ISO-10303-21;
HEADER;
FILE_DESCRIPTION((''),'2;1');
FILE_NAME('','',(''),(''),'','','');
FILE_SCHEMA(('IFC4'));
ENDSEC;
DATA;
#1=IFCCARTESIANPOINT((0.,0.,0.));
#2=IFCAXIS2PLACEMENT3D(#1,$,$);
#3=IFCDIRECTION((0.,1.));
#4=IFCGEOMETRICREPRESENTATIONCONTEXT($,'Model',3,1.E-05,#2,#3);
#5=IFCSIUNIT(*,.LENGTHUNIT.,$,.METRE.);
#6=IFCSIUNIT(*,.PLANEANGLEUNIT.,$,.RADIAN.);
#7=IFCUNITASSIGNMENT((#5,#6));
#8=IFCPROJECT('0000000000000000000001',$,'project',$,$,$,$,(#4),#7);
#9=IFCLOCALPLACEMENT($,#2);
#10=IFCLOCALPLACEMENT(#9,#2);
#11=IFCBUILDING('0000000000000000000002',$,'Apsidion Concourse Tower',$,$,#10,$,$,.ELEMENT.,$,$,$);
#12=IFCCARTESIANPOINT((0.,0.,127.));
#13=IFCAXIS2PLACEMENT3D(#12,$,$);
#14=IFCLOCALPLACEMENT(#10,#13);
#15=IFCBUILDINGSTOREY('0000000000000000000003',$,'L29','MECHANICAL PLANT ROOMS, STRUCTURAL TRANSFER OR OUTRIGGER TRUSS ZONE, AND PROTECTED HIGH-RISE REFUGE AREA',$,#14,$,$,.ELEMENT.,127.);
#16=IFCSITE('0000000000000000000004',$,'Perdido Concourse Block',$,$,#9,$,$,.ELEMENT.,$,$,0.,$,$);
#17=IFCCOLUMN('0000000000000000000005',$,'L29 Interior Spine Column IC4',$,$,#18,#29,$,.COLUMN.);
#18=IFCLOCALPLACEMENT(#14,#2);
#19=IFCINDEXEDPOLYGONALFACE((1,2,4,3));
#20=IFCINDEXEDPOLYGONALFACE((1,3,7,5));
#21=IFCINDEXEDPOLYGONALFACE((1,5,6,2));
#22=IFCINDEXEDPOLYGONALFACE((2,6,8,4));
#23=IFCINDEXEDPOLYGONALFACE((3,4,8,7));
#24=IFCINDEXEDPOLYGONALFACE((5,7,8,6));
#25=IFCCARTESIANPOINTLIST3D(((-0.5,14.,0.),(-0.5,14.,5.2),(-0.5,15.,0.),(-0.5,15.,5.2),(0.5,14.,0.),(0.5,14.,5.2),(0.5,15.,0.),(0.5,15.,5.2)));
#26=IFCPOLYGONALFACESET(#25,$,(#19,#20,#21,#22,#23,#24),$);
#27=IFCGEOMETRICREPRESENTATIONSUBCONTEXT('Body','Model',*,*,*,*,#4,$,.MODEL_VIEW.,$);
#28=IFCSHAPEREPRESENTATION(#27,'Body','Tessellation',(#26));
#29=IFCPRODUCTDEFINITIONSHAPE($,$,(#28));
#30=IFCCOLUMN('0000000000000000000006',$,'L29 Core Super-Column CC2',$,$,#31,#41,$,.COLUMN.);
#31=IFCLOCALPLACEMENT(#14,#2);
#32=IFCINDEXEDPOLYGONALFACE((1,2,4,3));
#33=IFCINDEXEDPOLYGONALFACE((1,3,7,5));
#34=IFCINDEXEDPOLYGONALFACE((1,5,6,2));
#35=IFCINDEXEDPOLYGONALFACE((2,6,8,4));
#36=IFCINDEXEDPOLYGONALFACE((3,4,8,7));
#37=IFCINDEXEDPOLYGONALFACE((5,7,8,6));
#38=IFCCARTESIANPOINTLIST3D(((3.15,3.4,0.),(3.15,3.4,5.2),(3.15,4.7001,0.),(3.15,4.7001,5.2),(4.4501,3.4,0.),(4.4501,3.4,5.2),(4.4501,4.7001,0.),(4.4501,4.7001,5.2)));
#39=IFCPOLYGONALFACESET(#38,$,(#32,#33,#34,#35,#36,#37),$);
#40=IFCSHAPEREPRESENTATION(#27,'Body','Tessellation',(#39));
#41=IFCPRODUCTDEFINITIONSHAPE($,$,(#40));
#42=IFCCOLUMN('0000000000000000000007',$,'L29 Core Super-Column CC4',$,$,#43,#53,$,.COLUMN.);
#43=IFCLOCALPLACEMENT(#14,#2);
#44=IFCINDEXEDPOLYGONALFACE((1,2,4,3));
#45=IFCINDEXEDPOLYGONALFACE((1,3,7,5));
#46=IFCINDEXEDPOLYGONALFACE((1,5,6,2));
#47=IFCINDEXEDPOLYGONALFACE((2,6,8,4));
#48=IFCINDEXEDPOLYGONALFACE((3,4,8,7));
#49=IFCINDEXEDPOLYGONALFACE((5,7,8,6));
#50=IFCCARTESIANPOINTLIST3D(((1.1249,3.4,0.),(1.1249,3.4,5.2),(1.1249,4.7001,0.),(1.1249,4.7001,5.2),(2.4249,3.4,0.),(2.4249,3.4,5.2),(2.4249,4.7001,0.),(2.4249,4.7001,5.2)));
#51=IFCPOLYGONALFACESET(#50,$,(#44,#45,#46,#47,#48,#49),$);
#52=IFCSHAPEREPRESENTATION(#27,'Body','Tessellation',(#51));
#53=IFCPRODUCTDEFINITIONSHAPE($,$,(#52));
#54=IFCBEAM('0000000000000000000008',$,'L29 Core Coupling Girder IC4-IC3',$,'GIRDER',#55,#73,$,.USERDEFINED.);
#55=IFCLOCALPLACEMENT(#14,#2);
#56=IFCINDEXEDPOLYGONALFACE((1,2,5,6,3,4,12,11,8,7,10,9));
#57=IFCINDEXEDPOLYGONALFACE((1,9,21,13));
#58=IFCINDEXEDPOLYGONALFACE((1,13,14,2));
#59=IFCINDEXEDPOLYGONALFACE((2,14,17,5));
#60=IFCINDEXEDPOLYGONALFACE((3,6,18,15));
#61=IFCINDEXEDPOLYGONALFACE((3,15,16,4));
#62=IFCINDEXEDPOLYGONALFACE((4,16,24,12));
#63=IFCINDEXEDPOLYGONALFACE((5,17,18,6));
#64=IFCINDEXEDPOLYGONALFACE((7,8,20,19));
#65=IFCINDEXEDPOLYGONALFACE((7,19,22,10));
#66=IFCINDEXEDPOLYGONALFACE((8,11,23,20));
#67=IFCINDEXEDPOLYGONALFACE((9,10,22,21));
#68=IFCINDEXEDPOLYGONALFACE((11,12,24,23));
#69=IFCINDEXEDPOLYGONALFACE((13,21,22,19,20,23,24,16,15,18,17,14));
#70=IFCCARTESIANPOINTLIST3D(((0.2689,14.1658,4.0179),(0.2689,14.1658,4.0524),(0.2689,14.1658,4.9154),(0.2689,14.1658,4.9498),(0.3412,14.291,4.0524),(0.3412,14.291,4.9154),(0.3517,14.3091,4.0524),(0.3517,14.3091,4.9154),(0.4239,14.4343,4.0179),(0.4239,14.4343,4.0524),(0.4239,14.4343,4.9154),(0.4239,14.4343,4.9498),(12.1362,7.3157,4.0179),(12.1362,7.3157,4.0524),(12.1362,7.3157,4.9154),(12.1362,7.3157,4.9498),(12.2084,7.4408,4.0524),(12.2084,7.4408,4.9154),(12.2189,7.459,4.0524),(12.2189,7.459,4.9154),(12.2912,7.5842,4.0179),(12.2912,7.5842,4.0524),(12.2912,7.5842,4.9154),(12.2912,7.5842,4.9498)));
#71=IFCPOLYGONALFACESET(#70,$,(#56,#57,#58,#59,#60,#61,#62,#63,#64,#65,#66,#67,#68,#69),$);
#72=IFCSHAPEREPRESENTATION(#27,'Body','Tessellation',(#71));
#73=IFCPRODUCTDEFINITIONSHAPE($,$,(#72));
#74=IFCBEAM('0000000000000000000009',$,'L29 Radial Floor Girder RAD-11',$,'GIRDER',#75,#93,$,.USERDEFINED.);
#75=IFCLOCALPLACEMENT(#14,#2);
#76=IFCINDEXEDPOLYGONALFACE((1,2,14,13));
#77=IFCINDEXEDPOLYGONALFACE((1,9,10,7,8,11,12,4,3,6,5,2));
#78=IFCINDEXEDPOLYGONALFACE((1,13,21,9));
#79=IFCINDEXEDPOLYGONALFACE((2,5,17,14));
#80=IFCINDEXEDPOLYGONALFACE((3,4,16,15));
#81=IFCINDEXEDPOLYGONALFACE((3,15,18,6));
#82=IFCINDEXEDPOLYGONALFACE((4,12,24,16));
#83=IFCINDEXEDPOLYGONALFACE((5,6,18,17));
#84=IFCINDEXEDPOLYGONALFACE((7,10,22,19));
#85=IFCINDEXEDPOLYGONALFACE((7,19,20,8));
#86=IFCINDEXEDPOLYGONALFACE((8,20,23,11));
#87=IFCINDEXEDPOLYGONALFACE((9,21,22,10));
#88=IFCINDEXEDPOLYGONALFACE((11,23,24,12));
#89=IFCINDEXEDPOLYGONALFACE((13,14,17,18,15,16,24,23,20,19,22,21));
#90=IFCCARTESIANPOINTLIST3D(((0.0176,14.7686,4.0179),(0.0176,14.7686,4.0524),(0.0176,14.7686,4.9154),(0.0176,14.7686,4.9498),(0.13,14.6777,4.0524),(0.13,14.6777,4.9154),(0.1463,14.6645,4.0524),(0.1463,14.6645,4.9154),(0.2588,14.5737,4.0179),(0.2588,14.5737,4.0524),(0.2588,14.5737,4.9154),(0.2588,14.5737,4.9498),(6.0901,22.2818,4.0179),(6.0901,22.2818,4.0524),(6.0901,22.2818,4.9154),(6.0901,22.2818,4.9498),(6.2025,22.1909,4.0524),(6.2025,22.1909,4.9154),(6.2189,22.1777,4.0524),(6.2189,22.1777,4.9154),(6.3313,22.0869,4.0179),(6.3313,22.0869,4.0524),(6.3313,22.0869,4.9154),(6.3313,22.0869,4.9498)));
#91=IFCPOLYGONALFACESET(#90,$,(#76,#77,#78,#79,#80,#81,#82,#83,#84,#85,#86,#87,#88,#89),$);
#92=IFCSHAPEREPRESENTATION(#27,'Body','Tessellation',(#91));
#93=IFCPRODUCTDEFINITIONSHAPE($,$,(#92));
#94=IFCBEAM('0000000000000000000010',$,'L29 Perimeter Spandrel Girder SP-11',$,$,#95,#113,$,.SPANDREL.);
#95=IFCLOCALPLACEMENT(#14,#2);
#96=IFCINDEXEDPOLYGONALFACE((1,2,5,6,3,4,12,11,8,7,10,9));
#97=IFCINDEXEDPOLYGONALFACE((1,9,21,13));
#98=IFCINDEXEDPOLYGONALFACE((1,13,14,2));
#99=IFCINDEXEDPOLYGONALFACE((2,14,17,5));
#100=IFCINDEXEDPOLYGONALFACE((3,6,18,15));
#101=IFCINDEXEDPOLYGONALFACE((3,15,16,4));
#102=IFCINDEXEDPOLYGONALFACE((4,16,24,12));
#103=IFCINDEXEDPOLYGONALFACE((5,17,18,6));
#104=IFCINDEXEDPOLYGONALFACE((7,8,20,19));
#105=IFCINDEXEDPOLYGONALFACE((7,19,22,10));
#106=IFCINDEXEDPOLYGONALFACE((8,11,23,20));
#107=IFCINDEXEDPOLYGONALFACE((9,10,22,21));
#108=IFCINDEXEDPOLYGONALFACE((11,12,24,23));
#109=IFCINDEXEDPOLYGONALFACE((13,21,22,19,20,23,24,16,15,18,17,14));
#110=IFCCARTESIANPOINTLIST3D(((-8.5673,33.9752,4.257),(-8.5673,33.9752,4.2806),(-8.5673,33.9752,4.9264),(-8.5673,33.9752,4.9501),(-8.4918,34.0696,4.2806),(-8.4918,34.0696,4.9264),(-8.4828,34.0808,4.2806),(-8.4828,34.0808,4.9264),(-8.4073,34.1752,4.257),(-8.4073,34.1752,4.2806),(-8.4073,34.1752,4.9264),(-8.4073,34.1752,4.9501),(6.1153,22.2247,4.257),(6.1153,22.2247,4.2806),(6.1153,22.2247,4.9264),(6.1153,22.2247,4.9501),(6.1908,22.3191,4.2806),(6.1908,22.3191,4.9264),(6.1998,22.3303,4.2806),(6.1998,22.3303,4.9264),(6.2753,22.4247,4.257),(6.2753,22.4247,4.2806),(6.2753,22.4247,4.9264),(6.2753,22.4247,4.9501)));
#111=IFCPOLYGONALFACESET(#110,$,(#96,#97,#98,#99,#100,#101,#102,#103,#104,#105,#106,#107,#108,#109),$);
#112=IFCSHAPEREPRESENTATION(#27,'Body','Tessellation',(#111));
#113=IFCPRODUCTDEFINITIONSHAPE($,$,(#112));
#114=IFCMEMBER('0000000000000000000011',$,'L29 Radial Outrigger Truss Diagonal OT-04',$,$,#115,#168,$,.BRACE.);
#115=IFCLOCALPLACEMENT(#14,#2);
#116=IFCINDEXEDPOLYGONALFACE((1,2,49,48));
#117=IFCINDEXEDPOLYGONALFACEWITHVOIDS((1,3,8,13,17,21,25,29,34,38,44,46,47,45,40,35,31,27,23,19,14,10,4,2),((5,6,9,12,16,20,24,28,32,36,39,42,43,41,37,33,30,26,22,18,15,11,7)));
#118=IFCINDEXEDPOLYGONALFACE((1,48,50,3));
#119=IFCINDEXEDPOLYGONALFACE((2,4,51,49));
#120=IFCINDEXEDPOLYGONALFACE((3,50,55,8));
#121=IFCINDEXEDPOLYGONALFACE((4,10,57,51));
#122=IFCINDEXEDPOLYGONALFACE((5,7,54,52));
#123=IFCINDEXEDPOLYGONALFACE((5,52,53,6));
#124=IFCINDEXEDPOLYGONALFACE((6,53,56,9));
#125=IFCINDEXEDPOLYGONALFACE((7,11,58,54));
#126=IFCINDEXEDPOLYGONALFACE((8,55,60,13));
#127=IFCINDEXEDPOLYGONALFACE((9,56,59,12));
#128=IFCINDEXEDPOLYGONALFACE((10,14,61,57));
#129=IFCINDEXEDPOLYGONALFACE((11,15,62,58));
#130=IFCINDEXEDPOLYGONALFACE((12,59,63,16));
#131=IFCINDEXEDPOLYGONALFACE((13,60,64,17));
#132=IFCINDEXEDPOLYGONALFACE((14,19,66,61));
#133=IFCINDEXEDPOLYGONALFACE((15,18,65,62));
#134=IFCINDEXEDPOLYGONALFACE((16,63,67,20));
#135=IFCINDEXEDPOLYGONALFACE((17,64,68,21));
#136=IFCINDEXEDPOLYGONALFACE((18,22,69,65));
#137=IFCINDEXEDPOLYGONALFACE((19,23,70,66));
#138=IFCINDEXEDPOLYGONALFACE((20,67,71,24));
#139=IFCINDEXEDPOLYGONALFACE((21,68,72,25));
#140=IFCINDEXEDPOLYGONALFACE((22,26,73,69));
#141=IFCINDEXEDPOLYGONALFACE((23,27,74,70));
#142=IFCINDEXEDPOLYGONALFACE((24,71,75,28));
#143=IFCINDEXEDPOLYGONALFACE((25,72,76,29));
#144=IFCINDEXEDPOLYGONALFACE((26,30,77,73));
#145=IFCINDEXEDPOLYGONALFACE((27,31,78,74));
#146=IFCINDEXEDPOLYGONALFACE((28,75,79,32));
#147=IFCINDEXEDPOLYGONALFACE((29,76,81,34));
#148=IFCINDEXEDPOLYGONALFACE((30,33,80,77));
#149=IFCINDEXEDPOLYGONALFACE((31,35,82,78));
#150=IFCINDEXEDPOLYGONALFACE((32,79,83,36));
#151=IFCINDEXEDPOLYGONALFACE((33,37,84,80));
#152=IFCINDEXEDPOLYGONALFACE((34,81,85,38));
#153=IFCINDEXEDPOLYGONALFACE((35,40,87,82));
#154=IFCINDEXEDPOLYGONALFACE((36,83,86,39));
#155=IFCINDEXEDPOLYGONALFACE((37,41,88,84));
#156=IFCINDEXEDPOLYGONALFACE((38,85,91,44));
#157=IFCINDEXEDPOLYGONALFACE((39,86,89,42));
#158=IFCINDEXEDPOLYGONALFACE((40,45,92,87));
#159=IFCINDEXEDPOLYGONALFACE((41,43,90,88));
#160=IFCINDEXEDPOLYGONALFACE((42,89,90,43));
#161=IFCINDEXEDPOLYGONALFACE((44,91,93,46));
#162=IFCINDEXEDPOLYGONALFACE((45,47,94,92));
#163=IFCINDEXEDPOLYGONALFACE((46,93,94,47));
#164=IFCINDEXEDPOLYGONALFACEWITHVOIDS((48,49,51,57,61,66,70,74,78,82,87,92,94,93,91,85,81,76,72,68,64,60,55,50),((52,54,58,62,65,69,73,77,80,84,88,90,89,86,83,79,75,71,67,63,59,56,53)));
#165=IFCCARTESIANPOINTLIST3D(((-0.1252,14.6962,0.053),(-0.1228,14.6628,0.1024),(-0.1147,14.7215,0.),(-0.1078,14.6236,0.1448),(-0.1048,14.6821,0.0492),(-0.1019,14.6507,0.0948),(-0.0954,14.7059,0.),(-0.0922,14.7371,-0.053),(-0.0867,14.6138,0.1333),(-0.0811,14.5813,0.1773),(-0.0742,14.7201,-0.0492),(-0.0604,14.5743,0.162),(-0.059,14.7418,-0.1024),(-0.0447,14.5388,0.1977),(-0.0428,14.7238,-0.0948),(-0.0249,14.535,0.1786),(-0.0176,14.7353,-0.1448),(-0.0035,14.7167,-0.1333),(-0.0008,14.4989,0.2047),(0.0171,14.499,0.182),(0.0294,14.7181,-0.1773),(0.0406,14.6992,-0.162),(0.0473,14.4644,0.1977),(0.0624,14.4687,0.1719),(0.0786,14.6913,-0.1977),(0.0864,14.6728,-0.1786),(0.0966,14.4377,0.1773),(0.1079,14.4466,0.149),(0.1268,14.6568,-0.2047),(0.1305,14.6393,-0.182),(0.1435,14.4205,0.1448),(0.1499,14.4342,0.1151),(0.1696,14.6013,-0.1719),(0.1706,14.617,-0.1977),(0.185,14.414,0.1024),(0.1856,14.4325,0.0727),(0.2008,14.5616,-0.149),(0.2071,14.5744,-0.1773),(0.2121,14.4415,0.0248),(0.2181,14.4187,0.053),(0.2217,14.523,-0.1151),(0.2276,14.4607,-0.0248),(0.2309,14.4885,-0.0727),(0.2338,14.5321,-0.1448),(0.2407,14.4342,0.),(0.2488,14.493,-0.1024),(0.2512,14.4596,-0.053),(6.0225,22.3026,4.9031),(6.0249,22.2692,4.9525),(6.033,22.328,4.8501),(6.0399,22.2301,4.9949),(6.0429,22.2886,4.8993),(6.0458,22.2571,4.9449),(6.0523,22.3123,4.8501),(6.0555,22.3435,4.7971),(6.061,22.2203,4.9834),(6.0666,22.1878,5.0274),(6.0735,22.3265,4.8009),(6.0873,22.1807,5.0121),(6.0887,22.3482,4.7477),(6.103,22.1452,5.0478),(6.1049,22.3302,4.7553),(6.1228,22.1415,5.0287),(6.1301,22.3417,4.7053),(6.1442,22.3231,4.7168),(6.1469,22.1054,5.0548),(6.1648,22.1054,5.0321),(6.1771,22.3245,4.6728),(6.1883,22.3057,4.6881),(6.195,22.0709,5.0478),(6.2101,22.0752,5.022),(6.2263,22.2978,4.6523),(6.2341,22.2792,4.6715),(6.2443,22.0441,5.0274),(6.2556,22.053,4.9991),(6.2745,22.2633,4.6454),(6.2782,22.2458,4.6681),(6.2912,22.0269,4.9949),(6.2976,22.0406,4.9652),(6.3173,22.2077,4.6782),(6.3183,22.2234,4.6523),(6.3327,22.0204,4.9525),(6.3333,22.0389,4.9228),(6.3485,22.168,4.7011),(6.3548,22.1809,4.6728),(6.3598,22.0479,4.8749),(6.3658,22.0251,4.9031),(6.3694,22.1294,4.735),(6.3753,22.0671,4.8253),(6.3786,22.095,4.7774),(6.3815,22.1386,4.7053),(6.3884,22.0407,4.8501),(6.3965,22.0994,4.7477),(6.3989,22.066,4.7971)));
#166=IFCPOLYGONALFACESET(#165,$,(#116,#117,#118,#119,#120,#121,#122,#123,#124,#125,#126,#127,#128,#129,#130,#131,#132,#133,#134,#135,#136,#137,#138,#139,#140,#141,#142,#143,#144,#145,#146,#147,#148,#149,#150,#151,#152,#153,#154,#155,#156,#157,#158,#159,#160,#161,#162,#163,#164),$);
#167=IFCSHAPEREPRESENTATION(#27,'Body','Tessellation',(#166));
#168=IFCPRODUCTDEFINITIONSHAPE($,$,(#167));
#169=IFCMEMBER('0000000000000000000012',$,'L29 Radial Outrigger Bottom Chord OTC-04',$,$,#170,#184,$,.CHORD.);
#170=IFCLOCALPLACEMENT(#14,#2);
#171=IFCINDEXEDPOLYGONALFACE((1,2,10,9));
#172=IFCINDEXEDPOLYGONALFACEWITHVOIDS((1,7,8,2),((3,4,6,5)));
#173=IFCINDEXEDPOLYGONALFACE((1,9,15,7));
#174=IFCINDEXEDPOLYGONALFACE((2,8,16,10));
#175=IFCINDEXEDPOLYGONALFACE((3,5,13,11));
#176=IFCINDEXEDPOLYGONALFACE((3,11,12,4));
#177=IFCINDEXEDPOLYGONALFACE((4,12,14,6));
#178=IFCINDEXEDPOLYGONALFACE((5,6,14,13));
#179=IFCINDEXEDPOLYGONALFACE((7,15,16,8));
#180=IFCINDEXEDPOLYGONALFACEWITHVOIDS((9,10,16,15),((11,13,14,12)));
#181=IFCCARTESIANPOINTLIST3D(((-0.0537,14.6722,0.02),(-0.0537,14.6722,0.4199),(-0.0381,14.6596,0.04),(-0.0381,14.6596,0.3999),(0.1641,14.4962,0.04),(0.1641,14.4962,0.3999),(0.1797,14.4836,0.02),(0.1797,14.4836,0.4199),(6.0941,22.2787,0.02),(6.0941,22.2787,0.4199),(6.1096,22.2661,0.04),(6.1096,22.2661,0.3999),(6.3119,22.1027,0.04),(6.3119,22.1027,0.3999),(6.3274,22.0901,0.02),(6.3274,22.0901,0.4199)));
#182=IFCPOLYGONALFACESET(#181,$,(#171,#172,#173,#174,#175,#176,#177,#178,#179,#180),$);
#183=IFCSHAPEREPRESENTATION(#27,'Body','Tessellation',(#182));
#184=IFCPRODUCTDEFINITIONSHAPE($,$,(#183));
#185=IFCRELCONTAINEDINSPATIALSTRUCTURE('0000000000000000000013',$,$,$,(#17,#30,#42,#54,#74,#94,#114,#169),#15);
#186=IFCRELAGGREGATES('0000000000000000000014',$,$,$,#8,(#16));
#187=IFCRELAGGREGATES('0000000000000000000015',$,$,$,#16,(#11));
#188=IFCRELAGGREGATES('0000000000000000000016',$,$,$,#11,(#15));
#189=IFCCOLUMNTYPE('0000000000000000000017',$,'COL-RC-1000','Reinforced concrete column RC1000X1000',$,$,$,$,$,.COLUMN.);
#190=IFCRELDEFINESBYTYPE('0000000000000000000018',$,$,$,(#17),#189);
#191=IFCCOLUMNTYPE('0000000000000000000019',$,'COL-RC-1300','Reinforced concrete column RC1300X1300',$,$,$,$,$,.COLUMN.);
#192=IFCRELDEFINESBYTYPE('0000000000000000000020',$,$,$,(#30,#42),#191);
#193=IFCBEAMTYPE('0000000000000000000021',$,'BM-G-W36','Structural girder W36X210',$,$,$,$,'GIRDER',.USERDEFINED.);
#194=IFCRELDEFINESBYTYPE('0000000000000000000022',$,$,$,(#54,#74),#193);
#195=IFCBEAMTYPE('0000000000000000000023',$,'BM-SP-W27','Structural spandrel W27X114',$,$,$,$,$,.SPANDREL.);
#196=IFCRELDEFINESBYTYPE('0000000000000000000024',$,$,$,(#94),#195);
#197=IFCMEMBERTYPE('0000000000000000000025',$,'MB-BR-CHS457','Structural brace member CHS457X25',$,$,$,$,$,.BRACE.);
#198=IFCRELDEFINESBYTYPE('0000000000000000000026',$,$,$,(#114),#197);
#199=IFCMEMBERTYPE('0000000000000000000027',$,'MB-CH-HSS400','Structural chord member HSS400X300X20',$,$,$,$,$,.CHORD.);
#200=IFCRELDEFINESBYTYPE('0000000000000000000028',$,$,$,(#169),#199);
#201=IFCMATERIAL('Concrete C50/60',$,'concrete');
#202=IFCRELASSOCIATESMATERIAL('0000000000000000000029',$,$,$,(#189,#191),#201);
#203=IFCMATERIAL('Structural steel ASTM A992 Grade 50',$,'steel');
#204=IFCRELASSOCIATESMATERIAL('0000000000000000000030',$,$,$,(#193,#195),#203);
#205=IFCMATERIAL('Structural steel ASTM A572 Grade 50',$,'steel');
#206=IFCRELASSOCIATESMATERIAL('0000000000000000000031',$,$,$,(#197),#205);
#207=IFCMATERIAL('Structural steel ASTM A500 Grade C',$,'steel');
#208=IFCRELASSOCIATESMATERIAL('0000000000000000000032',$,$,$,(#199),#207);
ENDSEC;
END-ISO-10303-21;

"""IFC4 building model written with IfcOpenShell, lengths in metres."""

from ifc_helpers import new_model, si_unit, direction, frame, origin, origin_2d, place, context, subcontext, project, spatial, rectangle, hollow_rectangle, hollow_circle, i_section, extrude, material, material_profile, profile_set, type_object, element, save


model = new_model("IFC4")

# Units and contexts
model_context = context("Model", 3, precision=1e-05, world=origin(), true_north=direction((0.0, 1.0)))
body_context = subcontext(model_context, "Body", "Model", "MODEL_VIEW")
ifc_project = project(units=[si_unit("LENGTHUNIT", "METRE"), si_unit("PLANEANGLEUNIT", "RADIAN")], contexts=[model_context])

# Site, building, storey
site_placement = place(None, origin())
site = spatial("IfcSite", under=ifc_project, at=site_placement, Name="Perdido Concourse Block", CompositionType="ELEMENT", RefElevation=0.0)
building_placement = place(site_placement, origin())
building = spatial("IfcBuilding", under=site, at=building_placement, Name="Apsidion Concourse Tower", CompositionType="ELEMENT")
storey_placement = place(building_placement, frame((0.0, 0.0, 127.0)))
storey = spatial("IfcBuildingStorey", under=building, at=storey_placement, Name="L29", Description="MECHANICAL PLANT ROOMS, STRUCTURAL TRANSFER OR OUTRIGGER TRUSS ZONE, AND PROTECTED HIGH-RISE REFUGE AREA", CompositionType="ELEMENT", Elevation=127.0)

# Columns
ifc_material_1 = material(Name="Concrete C50/60", Category="concrete")
ifc_material_profile_1 = material_profile(ifc_material_1, rectangle(XDim=1.0, YDim=1.0, at=origin_2d()), Name="RC 1000x1000")
ifc_profile_set_1 = profile_set([ifc_material_profile_1], Name="Concrete C50/60")
column_type_1 = type_object("IfcColumnType", Name="COL-RC-1000", Description="Reinforced concrete column RC1000X1000", PredefinedType="COLUMN", material=ifc_profile_set_1)
column_placement = place(storey_placement, frame((0.0, 14.5, 0.0), z_axis=(0.0, 0.0, 1.0), x_axis=(1.0, 0.0, 0.0)))
element("IfcColumn", 1, at=column_placement, inside=storey, type_object=column_type_1, Name="L29 Interior Spine Column IC4", PredefinedType="COLUMN", context=body_context, shape_type="SweptSolid", body=[
    extrude(rectangle(XDim=1.0, YDim=1.0, at=origin_2d()), origin(), (0.0, 0.0, 1.0), 5.2),
])
ifc_material_profile_2 = material_profile(ifc_material_1, rectangle(XDim=1.3, YDim=1.3, at=origin_2d()), Name="RC 1300x1300")
ifc_profile_set_2 = profile_set([ifc_material_profile_2], Name="Concrete C50/60")
column_type_2 = type_object("IfcColumnType", Name="COL-RC-1300", Description="Reinforced concrete column RC1300X1300", PredefinedType="COLUMN", material=ifc_profile_set_2)
for number, where, z_axis, x_axis, name in (
    (2, (3.8, 4.05, 0.0), (0.0, 0.0, 1.0), (1.0, 0.0, 0.0), "L29 Core Super-Column CC2"),
    (3, (1.7749, 4.05, 0.0), (0.0, 0.0, 1.0), (1.0, 0.0, 0.0), "L29 Core Super-Column CC4"),
):
    element("IfcColumn", number, at=place(storey_placement, frame(where, z_axis=z_axis, x_axis=x_axis)), inside=storey, type_object=column_type_2, Name=name, PredefinedType="COLUMN", context=body_context, shape_type="SweptSolid", body=[
        extrude(rectangle(XDim=1.3, YDim=1.3, at=origin_2d()), origin(), (0.0, 0.0, 1.0), 5.2),
    ])

# Beams
ifc_material_2 = material(Name="Structural steel ASTM A992 Grade 50", Category="steel")
ifc_material_profile_3 = material_profile(ifc_material_2, i_section(OverallWidth=0.3101, OverallDepth=0.9319, WebThickness=0.021, FlangeThickness=0.0344, at=origin_2d()), Name="W36X210")
ifc_profile_set_3 = profile_set([ifc_material_profile_3], Name="Structural steel ASTM A992 Grade 50")
beam_type_1 = type_object("IfcBeamType", Name="BM-G-W36", Description="Structural girder W36X210", ElementType="GIRDER", PredefinedType="USERDEFINED", material=ifc_profile_set_3)
beam_1_placement = place(storey_placement, frame((0.3464, 14.3, 4.4839), z_axis=(0.86607, -0.499922, 0.0), x_axis=(0.499922, 0.86607, 0.0)))
element("IfcBeam", 4, at=beam_1_placement, inside=storey, type_object=beam_type_1, Name="L29 Core Coupling Girder IC4-IC3", ObjectType="GIRDER", PredefinedType="USERDEFINED", context=body_context, shape_type="SweptSolid", body=[
    extrude(i_section(OverallWidth=0.3101, OverallDepth=0.9319, WebThickness=0.021, FlangeThickness=0.0344, at=origin_2d()), origin(), (0.0, 0.0, 1.0), 13.7024),
])
beam_2_placement = place(storey_placement, frame((0.1382, 14.6711, 4.4839), z_axis=(0.628598, 0.77773, 0.0), x_axis=(-0.77773, 0.628598, 0.0)))
element("IfcBeam", 5, at=beam_2_placement, inside=storey, type_object=beam_type_1, Name="L29 Radial Floor Girder RAD-11", ObjectType="GIRDER", PredefinedType="USERDEFINED", context=body_context, shape_type="SweptSolid", body=[
    extrude(i_section(OverallWidth=0.3101, OverallDepth=0.9319, WebThickness=0.021, FlangeThickness=0.0344, at=origin_2d()), origin(), (0.0, 0.0, 1.0), 9.6604),
])
ifc_material_profile_4 = material_profile(ifc_material_2, i_section(OverallWidth=0.2561, OverallDepth=0.6931, WebThickness=0.0144, FlangeThickness=0.0237, at=origin_2d()), Name="W27X114")
ifc_profile_set_4 = profile_set([ifc_material_profile_4], Name="Structural steel ASTM A992 Grade 50")
beam_type_2 = type_object("IfcBeamType", Name="BM-SP-W27", Description="Structural spandrel W27X114", PredefinedType="SPANDREL", material=ifc_profile_set_4)
beam_3_placement = place(storey_placement, frame((6.1953, 22.3247, 4.6035), z_axis=(-0.780755, 0.624838, 0.0), x_axis=(-0.624838, -0.780755, 0.0)))
element("IfcBeam", 6, at=beam_3_placement, inside=storey, type_object=beam_type_2, Name="L29 Perimeter Spandrel Girder SP-11", PredefinedType="SPANDREL", context=body_context, shape_type="SweptSolid", body=[
    extrude(i_section(OverallWidth=0.2561, OverallDepth=0.6931, WebThickness=0.0144, FlangeThickness=0.0237, at=origin_2d()), origin(), (0.0, 0.0, 1.0), 18.8057),
])

# Members
ifc_material_3 = material(Name="Structural steel ASTM A572 Grade 50", Category="steel")
ifc_material_profile_5 = material_profile(ifc_material_3, hollow_circle(Radius=0.2285, WallThickness=0.0249, at=origin_2d()), Name="CHS457X25")
ifc_profile_set_5 = profile_set([ifc_material_profile_5], Name="Structural steel ASTM A572 Grade 50")
member_type_1 = type_object("IfcMemberType", Name="MB-BR-CHS457", Description="Structural brace member CHS457X25", PredefinedType="BRACE", material=ifc_profile_set_5)
member_1_placement = place(storey_placement, frame((0.063, 14.5779, 0.0), z_axis=(0.563144, 0.696767, 0.44428), x_axis=(-0.777739, 0.628587, 0.0)))
element("IfcMember", 7, at=member_1_placement, inside=storey, type_object=member_type_1, Name="L29 Radial Outrigger Truss Diagonal OT-04", PredefinedType="BRACE", context=body_context, shape_type="SweptSolid", body=[
    extrude(hollow_circle(Radius=0.2285, WallThickness=0.0249, at=origin_2d()), origin(), (0.0, 0.0, 1.0), 10.9167),
])
ifc_material_4 = material(Name="Structural steel ASTM A500 Grade C", Category="steel")
ifc_material_profile_6 = material_profile(ifc_material_4, hollow_rectangle(XDim=0.3, YDim=0.3999, WallThickness=0.02, at=origin_2d()), Name="HSS400X300X20")
ifc_profile_set_6 = profile_set([ifc_material_profile_6], Name="Structural steel ASTM A500 Grade C")
member_type_2 = type_object("IfcMemberType", Name="MB-CH-HSS400", Description="Structural chord member HSS400X300X20", PredefinedType="CHORD", material=ifc_profile_set_6)
member_2_placement = place(storey_placement, frame((0.063, 14.5779, 0.22), z_axis=(0.628587, 0.777739, 0.0), x_axis=(-0.777739, 0.628587, 0.0)))
element("IfcMember", 8, at=member_2_placement, inside=storey, type_object=member_type_2, Name="L29 Radial Outrigger Bottom Chord OTC-04", PredefinedType="CHORD", context=body_context, shape_type="SweptSolid", body=[
    extrude(hollow_rectangle(XDim=0.3, YDim=0.3999, WallThickness=0.02, at=origin_2d()), origin(), (0.0, 0.0, 1.0), 9.7803),
])

save(model, "model.ifc")
